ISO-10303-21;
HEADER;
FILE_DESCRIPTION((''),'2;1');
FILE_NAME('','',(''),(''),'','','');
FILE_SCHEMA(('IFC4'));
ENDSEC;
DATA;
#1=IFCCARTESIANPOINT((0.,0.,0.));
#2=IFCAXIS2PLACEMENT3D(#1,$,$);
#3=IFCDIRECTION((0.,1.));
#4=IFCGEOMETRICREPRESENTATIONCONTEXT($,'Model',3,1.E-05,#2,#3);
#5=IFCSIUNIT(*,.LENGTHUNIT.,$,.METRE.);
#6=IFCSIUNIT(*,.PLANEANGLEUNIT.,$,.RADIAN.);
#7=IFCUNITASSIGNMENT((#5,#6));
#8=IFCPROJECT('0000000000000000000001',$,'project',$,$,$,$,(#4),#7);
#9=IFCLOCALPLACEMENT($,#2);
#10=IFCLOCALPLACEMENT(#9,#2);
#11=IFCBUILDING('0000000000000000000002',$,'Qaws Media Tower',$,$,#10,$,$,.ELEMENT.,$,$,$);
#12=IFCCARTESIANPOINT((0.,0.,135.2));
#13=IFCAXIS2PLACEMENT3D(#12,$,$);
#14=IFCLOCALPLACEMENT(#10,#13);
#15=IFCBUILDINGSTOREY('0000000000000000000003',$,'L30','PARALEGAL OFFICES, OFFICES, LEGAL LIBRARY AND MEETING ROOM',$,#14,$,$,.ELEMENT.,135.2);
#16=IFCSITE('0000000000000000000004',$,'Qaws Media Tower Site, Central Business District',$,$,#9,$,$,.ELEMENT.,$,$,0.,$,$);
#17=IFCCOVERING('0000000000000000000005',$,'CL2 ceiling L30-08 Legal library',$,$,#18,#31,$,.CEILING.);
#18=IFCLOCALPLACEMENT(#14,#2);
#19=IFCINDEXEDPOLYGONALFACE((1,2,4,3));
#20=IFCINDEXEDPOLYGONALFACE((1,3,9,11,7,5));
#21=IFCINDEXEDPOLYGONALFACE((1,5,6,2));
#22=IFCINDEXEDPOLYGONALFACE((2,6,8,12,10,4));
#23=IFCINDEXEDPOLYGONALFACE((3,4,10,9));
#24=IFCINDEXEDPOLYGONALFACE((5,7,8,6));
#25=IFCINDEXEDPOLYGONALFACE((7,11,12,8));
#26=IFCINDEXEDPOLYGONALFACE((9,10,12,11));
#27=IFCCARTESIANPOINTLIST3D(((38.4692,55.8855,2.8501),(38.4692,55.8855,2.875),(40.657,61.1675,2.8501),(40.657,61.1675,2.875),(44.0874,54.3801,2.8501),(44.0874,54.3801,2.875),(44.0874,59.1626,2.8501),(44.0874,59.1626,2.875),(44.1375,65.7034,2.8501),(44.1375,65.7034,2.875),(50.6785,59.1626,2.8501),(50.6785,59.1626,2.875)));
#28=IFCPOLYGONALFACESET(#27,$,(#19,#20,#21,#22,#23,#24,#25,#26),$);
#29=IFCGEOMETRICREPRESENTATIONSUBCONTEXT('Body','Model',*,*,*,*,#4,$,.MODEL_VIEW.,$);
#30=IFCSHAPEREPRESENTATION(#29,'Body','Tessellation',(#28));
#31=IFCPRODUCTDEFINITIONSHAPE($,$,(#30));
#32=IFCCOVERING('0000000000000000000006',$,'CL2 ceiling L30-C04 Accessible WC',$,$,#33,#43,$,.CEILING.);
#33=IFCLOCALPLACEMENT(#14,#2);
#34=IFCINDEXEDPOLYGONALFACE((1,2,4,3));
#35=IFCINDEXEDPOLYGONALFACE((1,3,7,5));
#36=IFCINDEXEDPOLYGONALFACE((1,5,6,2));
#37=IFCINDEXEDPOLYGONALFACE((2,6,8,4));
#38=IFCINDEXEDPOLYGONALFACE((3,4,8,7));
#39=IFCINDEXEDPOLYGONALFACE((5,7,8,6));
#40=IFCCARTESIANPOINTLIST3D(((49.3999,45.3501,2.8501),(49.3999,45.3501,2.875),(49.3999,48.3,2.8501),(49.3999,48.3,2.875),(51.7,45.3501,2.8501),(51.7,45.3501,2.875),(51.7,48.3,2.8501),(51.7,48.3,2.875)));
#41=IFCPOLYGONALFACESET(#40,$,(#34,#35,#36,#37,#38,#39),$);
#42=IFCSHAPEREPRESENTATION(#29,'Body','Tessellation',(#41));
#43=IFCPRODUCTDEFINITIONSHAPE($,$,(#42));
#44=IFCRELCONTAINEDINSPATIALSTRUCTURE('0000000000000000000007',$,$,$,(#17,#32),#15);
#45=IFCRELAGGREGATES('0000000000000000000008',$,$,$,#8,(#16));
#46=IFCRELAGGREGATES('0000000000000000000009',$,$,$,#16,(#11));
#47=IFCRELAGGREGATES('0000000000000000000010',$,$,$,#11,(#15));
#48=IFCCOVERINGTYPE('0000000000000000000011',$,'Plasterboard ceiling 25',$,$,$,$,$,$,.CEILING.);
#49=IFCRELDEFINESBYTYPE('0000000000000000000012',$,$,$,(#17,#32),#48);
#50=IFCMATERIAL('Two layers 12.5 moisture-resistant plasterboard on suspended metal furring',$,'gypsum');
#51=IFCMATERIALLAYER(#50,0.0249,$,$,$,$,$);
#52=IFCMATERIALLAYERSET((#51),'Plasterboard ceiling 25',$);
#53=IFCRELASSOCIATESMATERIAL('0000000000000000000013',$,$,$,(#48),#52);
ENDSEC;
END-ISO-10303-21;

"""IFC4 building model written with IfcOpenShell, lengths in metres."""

from ifc_helpers import new_model, si_unit, direction, frame, origin, place, context, subcontext, project, spatial, polyline, outline, extrude, material, layer, layer_set, type_object, element, save


model = new_model("IFC4")

# Units and contexts
model_context = context("Model", 3, precision=1e-05, world=origin(), true_north=direction((0.0, 1.0)))
body_context = subcontext(model_context, "Body", "Model", "MODEL_VIEW")
ifc_project = project(units=[si_unit("LENGTHUNIT", "METRE"), si_unit("PLANEANGLEUNIT", "RADIAN")], contexts=[model_context])

# Site, building, storey
site_placement = place(None, origin())
site = spatial("IfcSite", under=ifc_project, at=site_placement, Name="Qaws Media Tower Site, Central Business District", CompositionType="ELEMENT", RefElevation=0.0)
building_placement = place(site_placement, origin())
building = spatial("IfcBuilding", under=site, at=building_placement, Name="Qaws Media Tower", CompositionType="ELEMENT")
storey_placement = place(building_placement, frame((0.0, 0.0, 135.2)))
storey = spatial("IfcBuildingStorey", under=building, at=storey_placement, Name="L30", Description="PARALEGAL OFFICES, OFFICES, LEGAL LIBRARY AND MEETING ROOM", CompositionType="ELEMENT", Elevation=135.2)

# Coverings
ifc_material_1 = material(Name="Two layers 12.5 moisture-resistant plasterboard on suspended metal furring", Category="gypsum")
ifc_layer_1 = layer(ifc_material_1, 0.0249)
ifc_layer_set_1 = layer_set([ifc_layer_1], Name="Plasterboard ceiling 25")
covering_type_1 = type_object("IfcCoveringType", Name="Plasterboard ceiling 25", PredefinedType="CEILING", material=ifc_layer_set_1)
covering_1_placement = place(storey_placement, frame((0.0, 0.0, 2.8501)))
element("IfcCovering", 1, at=covering_1_placement, inside=storey, type_object=covering_type_1, Name="CL2 ceiling L30-08 Legal library", PredefinedType="CEILING", context=body_context, shape_type="SweptSolid", body=[
    extrude(outline(polyline([(40.657, 61.1675), (44.1375, 65.7034), (50.6785, 59.1626), (44.0874, 59.1626), (44.0874, 54.3801), (38.4692, 55.8855), (40.657, 61.1675)])), origin(), (0.0, 0.0, 1.0), 0.0249),
])
covering_2_placement = place(storey_placement, frame((0.0, 0.0, 2.8501)))
element("IfcCovering", 2, at=covering_2_placement, inside=storey, type_object=covering_type_1, Name="CL2 ceiling L30-C04 Accessible WC", PredefinedType="CEILING", context=body_context, shape_type="SweptSolid", body=[
    extrude(outline(polyline([(49.3999, 45.3501), (49.3999, 48.3), (51.7, 48.3), (51.7, 45.3501), (49.3999, 45.3501)])), origin(), (0.0, 0.0, 1.0), 0.0249),
])

save(model, "model.ifc")
